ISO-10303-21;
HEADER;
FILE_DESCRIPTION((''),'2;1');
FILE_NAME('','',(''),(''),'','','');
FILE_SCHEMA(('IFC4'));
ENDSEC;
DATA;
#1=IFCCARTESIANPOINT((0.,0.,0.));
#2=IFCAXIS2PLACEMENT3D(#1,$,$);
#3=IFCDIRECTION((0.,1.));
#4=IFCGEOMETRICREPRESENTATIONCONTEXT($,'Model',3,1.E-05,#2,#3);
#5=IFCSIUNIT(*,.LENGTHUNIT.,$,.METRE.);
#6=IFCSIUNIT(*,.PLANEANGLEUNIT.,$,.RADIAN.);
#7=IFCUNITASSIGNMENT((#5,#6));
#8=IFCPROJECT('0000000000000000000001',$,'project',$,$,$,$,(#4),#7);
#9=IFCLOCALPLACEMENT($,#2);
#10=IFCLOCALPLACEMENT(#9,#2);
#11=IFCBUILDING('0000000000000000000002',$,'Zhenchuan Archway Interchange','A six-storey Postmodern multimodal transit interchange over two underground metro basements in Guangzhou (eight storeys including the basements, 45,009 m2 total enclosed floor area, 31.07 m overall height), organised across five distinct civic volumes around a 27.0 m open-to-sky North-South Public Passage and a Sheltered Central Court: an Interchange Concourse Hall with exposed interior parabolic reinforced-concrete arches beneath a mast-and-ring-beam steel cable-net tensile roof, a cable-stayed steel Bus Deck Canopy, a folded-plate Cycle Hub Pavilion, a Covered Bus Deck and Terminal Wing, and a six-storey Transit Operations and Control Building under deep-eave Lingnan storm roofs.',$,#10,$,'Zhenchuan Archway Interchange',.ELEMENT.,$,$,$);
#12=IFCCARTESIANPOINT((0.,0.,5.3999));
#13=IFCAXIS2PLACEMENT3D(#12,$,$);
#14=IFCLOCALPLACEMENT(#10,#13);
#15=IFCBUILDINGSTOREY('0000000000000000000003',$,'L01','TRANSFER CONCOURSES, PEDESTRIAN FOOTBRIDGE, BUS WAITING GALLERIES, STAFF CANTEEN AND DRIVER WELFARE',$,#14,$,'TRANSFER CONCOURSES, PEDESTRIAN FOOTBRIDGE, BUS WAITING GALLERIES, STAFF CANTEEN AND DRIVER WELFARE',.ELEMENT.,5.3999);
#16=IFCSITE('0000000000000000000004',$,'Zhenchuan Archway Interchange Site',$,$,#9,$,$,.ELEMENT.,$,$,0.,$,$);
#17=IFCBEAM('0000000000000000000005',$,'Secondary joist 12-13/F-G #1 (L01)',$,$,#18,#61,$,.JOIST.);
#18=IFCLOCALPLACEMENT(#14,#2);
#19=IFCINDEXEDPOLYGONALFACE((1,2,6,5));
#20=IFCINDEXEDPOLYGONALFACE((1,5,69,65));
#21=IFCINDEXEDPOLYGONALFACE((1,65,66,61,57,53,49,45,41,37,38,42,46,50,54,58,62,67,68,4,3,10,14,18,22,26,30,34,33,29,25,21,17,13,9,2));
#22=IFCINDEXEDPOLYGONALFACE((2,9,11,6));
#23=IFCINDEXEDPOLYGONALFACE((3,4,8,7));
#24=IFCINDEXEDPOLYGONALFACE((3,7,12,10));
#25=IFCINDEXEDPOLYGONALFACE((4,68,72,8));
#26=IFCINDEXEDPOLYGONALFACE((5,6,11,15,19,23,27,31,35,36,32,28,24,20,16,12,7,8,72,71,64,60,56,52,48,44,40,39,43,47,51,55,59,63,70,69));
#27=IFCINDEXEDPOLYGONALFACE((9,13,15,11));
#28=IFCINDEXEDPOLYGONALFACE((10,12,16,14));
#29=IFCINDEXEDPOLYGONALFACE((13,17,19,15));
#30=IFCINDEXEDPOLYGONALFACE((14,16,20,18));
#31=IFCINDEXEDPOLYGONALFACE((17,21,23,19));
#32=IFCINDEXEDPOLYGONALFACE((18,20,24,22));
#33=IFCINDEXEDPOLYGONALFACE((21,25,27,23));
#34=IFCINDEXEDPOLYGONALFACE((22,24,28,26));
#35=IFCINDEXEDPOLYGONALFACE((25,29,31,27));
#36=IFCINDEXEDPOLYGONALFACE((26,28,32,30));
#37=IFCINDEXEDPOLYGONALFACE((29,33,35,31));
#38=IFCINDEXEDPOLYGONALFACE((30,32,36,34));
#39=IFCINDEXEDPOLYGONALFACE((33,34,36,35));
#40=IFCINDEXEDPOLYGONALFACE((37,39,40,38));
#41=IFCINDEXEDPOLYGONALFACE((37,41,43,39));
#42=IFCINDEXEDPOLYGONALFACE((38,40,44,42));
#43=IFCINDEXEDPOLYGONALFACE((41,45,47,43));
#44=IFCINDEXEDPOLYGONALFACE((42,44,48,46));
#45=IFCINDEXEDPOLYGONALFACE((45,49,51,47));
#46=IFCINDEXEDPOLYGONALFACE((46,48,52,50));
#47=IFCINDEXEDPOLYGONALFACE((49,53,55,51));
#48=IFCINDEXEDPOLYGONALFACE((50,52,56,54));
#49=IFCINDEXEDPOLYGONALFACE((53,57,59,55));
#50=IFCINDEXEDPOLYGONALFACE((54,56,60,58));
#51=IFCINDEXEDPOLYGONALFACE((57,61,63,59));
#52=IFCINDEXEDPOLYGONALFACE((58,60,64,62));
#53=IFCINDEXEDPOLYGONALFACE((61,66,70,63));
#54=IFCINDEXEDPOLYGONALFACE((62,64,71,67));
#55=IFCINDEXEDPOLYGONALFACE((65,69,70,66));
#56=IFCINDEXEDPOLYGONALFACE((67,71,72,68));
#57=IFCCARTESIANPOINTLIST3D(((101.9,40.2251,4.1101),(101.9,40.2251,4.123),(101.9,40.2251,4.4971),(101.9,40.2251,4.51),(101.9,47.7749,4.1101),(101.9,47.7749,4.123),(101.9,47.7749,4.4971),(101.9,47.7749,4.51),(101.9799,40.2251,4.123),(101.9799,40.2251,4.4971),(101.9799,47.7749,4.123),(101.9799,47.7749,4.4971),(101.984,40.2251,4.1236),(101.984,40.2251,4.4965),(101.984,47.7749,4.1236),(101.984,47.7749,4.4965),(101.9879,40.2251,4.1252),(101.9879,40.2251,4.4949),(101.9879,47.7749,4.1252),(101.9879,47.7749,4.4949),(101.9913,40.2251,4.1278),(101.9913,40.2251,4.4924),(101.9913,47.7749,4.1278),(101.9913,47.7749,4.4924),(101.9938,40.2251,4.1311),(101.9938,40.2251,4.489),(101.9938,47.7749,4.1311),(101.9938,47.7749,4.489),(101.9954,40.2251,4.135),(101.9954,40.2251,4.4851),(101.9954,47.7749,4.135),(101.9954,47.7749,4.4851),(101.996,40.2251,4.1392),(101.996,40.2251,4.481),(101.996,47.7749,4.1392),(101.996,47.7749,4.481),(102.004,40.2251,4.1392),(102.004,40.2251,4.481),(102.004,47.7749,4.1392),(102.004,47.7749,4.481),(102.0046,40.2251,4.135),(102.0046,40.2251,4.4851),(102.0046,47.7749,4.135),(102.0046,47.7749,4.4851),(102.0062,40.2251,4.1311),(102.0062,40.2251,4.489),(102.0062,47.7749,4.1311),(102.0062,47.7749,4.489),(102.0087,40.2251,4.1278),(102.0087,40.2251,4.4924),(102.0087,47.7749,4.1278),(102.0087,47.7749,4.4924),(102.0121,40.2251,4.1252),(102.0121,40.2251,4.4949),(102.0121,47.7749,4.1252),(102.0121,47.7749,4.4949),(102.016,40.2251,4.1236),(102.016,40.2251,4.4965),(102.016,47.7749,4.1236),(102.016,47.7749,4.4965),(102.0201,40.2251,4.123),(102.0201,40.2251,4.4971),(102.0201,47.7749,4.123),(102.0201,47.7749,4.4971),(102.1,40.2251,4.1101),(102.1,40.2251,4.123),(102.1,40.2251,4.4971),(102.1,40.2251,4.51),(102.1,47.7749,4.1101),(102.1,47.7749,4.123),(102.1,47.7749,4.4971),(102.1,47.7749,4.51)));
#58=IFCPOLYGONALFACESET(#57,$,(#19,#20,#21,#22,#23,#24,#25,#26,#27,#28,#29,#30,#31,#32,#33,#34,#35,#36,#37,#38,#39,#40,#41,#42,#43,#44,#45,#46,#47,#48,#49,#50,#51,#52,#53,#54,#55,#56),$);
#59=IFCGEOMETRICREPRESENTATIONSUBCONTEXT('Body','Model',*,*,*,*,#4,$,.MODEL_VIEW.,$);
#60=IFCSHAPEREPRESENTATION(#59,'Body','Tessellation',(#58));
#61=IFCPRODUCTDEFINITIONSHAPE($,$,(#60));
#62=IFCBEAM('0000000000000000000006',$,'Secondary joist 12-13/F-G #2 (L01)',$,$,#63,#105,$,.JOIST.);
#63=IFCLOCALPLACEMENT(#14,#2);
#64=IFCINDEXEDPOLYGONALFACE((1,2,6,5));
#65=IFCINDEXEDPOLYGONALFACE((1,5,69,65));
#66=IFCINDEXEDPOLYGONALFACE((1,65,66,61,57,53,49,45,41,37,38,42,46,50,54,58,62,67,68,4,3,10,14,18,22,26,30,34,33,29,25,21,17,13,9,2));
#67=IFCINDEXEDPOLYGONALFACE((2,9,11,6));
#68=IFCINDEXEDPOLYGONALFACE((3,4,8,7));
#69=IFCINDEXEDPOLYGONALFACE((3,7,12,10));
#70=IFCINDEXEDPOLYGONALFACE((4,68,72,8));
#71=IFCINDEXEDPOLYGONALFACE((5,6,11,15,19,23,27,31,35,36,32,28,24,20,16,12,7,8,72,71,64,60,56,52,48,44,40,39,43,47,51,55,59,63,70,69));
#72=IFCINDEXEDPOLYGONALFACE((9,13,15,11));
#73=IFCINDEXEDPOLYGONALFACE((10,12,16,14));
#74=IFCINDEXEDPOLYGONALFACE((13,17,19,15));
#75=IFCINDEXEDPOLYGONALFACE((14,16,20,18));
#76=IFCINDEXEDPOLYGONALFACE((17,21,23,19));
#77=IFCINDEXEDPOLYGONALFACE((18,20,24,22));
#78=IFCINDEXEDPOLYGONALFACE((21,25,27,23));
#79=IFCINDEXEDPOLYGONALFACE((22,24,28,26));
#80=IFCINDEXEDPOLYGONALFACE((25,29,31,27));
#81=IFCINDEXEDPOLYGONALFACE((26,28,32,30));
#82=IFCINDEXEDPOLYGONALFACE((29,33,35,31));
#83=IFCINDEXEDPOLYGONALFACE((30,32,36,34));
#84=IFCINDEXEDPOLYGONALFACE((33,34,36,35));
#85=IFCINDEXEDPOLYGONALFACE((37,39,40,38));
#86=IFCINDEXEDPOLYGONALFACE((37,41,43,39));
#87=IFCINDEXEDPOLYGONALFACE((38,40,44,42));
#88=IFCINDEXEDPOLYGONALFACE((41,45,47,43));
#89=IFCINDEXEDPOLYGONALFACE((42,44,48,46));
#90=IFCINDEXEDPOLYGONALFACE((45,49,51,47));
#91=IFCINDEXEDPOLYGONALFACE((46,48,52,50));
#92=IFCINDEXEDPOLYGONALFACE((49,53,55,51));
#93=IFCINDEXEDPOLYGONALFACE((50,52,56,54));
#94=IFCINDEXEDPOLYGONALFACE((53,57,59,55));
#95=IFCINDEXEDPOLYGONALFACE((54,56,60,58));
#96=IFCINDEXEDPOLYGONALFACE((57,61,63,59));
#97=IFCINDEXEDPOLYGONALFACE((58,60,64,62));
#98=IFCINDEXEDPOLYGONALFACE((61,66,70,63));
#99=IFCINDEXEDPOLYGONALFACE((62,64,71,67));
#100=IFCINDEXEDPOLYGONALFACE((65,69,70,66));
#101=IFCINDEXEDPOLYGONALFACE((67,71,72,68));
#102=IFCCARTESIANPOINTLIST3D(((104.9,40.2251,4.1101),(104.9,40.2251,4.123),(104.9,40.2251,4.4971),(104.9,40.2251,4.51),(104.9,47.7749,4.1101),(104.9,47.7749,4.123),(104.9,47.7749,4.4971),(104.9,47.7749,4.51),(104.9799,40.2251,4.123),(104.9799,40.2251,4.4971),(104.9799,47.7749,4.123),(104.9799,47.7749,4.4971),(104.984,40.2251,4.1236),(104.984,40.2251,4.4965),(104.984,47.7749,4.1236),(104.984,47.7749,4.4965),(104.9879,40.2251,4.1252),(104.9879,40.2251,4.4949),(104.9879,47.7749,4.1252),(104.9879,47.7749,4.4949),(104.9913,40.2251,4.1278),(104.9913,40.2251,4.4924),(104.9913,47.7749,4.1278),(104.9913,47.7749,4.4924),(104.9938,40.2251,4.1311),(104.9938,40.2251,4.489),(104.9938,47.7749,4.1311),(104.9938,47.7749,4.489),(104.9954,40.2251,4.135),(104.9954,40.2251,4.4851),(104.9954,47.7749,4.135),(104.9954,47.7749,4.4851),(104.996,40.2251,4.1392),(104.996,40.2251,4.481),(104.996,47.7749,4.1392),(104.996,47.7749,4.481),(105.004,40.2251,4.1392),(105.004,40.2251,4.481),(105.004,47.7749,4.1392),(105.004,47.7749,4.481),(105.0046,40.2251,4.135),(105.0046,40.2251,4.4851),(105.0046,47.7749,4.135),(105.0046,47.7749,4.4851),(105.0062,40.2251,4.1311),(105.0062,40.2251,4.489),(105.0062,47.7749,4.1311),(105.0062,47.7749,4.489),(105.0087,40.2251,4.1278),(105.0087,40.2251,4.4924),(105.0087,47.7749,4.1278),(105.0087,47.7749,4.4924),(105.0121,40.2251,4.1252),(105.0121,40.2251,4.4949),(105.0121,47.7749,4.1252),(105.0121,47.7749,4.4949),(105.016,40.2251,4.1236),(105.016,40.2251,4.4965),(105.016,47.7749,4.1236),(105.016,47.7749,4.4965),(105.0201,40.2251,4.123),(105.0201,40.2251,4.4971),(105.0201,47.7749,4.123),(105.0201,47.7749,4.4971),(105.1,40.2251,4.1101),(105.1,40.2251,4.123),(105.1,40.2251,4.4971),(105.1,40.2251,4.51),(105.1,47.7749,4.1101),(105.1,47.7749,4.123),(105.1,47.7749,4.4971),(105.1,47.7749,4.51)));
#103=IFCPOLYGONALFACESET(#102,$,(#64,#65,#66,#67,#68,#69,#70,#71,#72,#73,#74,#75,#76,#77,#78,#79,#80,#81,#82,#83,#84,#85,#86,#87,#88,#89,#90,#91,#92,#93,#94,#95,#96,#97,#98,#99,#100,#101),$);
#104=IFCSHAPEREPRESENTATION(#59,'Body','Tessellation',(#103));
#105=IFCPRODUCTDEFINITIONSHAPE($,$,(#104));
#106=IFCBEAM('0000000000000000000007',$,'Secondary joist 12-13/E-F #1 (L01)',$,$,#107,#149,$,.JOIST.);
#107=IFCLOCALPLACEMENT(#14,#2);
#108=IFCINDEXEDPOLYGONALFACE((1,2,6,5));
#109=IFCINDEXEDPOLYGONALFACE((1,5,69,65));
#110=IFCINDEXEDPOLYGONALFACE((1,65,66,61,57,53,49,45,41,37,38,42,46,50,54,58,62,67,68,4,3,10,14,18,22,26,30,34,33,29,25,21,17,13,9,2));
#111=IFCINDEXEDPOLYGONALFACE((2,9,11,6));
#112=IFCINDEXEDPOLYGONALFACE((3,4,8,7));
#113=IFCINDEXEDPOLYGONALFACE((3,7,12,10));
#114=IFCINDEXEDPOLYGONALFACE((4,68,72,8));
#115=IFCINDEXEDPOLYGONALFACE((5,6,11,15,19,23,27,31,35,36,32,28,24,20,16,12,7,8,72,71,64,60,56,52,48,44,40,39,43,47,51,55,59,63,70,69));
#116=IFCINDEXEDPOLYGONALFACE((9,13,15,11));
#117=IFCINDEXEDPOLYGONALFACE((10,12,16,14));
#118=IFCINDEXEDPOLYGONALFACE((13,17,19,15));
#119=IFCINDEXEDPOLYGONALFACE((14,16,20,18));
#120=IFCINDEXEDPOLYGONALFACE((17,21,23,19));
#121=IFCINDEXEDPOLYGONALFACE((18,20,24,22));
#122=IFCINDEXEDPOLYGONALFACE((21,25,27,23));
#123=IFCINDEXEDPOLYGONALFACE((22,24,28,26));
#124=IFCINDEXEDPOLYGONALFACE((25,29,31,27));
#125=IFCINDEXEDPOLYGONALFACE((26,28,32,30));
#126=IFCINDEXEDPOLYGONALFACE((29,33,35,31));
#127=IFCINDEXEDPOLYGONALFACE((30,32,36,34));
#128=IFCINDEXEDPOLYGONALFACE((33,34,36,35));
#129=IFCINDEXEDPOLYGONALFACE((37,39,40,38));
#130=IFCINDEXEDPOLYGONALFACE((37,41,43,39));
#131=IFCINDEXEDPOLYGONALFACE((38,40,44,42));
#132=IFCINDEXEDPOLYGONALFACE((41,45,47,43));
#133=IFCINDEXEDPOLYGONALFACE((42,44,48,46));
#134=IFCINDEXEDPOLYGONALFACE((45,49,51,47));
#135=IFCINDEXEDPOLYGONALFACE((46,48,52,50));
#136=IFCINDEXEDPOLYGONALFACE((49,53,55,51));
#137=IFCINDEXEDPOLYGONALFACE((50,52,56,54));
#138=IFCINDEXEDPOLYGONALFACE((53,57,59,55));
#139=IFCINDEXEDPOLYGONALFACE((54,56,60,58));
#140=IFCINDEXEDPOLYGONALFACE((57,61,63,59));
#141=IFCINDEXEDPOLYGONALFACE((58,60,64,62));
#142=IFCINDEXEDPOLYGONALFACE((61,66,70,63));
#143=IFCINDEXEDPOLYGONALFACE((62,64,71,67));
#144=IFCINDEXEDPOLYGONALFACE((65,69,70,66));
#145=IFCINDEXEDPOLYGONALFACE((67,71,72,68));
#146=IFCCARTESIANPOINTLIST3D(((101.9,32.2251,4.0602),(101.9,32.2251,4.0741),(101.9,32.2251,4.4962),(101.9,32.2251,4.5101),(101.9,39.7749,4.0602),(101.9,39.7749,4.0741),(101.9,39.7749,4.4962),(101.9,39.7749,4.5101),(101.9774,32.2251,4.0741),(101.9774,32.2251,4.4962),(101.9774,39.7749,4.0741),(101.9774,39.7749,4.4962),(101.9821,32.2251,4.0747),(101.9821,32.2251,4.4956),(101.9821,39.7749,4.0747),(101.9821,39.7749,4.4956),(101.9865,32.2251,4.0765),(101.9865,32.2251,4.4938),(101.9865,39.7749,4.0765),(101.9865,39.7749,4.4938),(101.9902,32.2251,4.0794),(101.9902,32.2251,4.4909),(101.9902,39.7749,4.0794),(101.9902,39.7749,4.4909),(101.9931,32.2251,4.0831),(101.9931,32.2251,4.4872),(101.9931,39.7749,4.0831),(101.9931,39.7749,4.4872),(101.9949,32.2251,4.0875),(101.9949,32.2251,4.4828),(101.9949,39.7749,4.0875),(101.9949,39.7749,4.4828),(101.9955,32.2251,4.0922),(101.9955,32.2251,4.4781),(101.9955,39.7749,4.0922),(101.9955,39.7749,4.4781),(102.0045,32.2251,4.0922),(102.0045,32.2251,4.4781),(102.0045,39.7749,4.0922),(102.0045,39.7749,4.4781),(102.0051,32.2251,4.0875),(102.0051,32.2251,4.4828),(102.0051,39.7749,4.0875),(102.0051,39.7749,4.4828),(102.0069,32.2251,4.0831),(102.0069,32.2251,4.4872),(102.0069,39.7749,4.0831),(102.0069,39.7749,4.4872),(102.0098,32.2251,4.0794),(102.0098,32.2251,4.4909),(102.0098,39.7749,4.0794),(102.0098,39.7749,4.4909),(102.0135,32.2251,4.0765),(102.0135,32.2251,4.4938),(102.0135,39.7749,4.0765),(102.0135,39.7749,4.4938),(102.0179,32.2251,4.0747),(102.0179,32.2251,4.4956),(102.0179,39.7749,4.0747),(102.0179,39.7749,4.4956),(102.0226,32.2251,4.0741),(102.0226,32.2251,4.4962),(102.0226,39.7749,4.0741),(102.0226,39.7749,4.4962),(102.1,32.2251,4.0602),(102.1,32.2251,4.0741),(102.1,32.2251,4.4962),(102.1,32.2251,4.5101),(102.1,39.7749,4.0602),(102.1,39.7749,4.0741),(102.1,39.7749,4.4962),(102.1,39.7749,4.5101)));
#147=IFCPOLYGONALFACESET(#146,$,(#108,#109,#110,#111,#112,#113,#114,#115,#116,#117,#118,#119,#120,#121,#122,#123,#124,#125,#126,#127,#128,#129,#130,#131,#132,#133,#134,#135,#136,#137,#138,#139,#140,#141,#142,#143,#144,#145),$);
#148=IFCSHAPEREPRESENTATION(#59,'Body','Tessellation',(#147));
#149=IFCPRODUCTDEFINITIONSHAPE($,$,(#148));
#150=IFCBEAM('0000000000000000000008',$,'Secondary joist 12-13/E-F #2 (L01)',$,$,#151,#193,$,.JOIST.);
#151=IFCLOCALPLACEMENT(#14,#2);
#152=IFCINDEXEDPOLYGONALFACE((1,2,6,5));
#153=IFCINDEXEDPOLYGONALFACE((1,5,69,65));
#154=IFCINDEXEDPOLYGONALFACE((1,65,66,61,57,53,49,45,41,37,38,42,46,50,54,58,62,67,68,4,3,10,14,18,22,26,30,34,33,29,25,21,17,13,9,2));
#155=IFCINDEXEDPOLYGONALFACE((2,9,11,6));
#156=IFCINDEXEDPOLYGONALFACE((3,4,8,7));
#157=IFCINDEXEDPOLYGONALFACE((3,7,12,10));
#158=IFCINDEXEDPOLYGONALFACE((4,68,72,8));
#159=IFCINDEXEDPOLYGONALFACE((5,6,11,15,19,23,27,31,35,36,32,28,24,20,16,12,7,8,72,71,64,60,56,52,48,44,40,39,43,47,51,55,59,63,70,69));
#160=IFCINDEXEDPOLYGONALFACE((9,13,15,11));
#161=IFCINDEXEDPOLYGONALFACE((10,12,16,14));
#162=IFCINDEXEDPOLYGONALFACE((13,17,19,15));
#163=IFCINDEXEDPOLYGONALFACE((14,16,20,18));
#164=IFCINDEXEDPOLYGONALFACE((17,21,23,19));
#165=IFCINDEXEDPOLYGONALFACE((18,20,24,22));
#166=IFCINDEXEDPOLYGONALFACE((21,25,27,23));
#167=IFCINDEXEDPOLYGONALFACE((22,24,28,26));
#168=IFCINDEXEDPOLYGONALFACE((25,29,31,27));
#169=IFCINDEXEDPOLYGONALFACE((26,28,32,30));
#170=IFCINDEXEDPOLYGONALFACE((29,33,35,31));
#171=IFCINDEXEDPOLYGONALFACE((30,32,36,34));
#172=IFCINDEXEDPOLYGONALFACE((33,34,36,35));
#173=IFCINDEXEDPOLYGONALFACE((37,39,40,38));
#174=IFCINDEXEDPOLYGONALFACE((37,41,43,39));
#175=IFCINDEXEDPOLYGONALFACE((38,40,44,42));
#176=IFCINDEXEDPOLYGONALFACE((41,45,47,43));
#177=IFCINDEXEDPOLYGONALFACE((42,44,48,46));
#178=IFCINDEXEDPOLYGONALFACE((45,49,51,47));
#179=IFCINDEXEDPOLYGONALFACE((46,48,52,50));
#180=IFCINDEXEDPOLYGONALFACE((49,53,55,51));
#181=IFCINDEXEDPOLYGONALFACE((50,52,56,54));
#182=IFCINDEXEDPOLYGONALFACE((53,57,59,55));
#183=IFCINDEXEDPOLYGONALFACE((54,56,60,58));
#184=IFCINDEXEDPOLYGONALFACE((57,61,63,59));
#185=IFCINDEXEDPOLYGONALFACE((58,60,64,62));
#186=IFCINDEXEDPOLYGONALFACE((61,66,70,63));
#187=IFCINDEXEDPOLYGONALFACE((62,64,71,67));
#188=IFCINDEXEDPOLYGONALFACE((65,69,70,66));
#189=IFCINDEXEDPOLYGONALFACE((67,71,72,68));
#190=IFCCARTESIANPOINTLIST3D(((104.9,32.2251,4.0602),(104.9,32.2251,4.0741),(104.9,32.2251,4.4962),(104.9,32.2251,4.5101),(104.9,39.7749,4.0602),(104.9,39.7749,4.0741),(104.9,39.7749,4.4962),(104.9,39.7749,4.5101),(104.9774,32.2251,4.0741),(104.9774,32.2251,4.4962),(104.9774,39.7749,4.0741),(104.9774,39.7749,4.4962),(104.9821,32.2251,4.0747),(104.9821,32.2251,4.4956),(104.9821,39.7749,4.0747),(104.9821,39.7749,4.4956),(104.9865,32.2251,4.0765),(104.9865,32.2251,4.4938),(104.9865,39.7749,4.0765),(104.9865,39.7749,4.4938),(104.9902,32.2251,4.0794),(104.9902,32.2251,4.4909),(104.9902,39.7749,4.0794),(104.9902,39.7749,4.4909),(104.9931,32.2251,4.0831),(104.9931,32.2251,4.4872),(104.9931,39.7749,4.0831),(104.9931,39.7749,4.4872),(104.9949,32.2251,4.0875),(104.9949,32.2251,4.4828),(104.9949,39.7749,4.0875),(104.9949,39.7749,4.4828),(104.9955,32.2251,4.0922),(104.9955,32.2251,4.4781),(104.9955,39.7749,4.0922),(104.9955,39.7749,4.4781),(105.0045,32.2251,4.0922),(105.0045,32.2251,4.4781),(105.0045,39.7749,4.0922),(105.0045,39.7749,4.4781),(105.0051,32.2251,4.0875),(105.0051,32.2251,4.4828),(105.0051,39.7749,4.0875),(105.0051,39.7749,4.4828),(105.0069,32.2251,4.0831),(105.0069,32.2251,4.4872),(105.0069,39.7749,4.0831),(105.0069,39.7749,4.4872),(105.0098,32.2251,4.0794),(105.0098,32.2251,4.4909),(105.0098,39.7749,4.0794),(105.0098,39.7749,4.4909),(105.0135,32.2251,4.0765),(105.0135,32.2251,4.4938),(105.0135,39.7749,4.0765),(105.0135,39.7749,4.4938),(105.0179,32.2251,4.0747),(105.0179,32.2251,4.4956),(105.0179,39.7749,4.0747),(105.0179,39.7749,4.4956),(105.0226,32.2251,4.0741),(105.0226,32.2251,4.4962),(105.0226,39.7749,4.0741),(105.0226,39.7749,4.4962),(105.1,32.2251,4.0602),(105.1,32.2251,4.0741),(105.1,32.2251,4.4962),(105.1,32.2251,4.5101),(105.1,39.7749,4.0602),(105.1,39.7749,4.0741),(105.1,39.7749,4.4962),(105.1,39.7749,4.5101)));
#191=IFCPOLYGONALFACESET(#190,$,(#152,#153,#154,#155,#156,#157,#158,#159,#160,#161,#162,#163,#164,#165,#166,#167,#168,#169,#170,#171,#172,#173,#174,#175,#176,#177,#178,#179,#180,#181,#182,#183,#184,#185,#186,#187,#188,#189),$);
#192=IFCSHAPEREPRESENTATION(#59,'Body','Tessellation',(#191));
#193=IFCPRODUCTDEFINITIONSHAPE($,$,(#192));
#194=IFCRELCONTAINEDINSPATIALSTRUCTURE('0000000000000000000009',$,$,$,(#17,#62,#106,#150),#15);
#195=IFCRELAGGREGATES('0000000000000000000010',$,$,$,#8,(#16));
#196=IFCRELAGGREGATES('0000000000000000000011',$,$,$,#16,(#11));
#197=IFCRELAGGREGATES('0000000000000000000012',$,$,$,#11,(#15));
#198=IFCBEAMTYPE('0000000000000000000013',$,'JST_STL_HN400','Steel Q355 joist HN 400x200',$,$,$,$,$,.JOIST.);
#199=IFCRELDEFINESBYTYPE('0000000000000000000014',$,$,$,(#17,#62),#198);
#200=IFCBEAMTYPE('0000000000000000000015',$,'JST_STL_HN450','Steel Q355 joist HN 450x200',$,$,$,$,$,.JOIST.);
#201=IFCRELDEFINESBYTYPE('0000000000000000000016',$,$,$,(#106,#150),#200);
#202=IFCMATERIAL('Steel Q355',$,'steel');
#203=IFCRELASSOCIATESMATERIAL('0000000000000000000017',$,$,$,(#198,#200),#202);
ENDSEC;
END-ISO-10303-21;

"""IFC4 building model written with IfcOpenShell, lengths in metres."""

from ifc_helpers import new_model, si_unit, direction, frame, origin, origin_2d, place, context, subcontext, project, spatial, i_section, extrude, material, material_profile, profile_set, type_object, element, save


model = new_model("IFC4")

# Units and contexts
model_context = context("Model", 3, precision=1e-05, world=origin(), true_north=direction((0.0, 1.0)))
body_context = subcontext(model_context, "Body", "Model", "MODEL_VIEW")
ifc_project = project(units=[si_unit("LENGTHUNIT", "METRE"), si_unit("PLANEANGLEUNIT", "RADIAN")], contexts=[model_context])

# Site, building, storey
site_placement = place(None, origin())
site = spatial("IfcSite", under=ifc_project, at=site_placement, Name="Zhenchuan Archway Interchange Site", CompositionType="ELEMENT", RefElevation=0.0)
building_placement = place(site_placement, origin())
building = spatial("IfcBuilding", under=site, at=building_placement, Name="Zhenchuan Archway Interchange", Description="A six-storey Postmodern multimodal transit interchange over two underground metro basements in Guangzhou (eight storeys including the basements, 45,009 m2 total enclosed floor area, 31.07 m overall height), organised across five distinct civic volumes around a 27.0 m open-to-sky North-South Public Passage and a Sheltered Central Court: an Interchange Concourse Hall with exposed interior parabolic reinforced-concrete arches beneath a mast-and-ring-beam steel cable-net tensile roof, a cable-stayed steel Bus Deck Canopy, a folded-plate Cycle Hub Pavilion, a Covered Bus Deck and Terminal Wing, and a six-storey Transit Operations and Control Building under deep-eave Lingnan storm roofs.", LongName="Zhenchuan Archway Interchange", CompositionType="ELEMENT")
storey_placement = place(building_placement, frame((0.0, 0.0, 5.3999)))
storey = spatial("IfcBuildingStorey", under=building, at=storey_placement, Name="L01", Description="TRANSFER CONCOURSES, PEDESTRIAN FOOTBRIDGE, BUS WAITING GALLERIES, STAFF CANTEEN AND DRIVER WELFARE", LongName="TRANSFER CONCOURSES, PEDESTRIAN FOOTBRIDGE, BUS WAITING GALLERIES, STAFF CANTEEN AND DRIVER WELFARE", CompositionType="ELEMENT", Elevation=5.3999)

# Beams
ifc_material_1 = material(Name="Steel Q355", Category="steel")
ifc_material_profile_1 = material_profile(ifc_material_1, i_section(OverallWidth=0.2, OverallDepth=0.3999, WebThickness=0.0081, FlangeThickness=0.0129, FilletRadius=0.0161, at=origin_2d()), Name="HN 400x200")
ifc_profile_set_1 = profile_set([ifc_material_profile_1], Name="Steel Q355")
beam_type_1 = type_object("IfcBeamType", Name="JST_STL_HN400", Description="Steel Q355 joist HN 400x200", PredefinedType="JOIST", material=ifc_profile_set_1)
for number, where, z_axis, x_axis, name in (
    (1, (102.0, 40.2251, 4.3101), (0.0, 1.0, 0.0), (-1.0, 0.0, 0.0), "Secondary joist 12-13/F-G #1 (L01)"),
    (2, (105.0, 40.2251, 4.3101), (0.0, 1.0, 0.0), (-1.0, 0.0, 0.0), "Secondary joist 12-13/F-G #2 (L01)"),
):
    element("IfcBeam", number, at=place(storey_placement, frame(where, z_axis=z_axis, x_axis=x_axis)), inside=storey, type_object=beam_type_1, Name=name, PredefinedType="JOIST", context=body_context, shape_type="SweptSolid", body=[
        extrude(i_section(OverallWidth=0.2, OverallDepth=0.3999, WebThickness=0.0081, FlangeThickness=0.0129, FilletRadius=0.0161, at=origin_2d()), origin(), (0.0, 0.0, 1.0), 7.5498),
    ])
ifc_material_profile_2 = material_profile(ifc_material_1, i_section(OverallWidth=0.2, OverallDepth=0.45, WebThickness=0.009, FlangeThickness=0.0139, FilletRadius=0.0181, at=origin_2d()), Name="HN 450x200")
ifc_profile_set_2 = profile_set([ifc_material_profile_2], Name="Steel Q355")
beam_type_2 = type_object("IfcBeamType", Name="JST_STL_HN450", Description="Steel Q355 joist HN 450x200", PredefinedType="JOIST", material=ifc_profile_set_2)
for number, where, z_axis, x_axis, name in (
    (3, (102.0, 32.2251, 4.2852), (0.0, 1.0, 0.0), (-1.0, 0.0, 0.0), "Secondary joist 12-13/E-F #1 (L01)"),
    (4, (105.0, 32.2251, 4.2852), (0.0, 1.0, 0.0), (-1.0, 0.0, 0.0), "Secondary joist 12-13/E-F #2 (L01)"),
):
    element("IfcBeam", number, at=place(storey_placement, frame(where, z_axis=z_axis, x_axis=x_axis)), inside=storey, type_object=beam_type_2, Name=name, PredefinedType="JOIST", context=body_context, shape_type="SweptSolid", body=[
        extrude(i_section(OverallWidth=0.2, OverallDepth=0.45, WebThickness=0.009, FlangeThickness=0.0139, FilletRadius=0.0181, at=origin_2d()), origin(), (0.0, 0.0, 1.0), 7.5498),
    ])

save(model, "model.ifc")
